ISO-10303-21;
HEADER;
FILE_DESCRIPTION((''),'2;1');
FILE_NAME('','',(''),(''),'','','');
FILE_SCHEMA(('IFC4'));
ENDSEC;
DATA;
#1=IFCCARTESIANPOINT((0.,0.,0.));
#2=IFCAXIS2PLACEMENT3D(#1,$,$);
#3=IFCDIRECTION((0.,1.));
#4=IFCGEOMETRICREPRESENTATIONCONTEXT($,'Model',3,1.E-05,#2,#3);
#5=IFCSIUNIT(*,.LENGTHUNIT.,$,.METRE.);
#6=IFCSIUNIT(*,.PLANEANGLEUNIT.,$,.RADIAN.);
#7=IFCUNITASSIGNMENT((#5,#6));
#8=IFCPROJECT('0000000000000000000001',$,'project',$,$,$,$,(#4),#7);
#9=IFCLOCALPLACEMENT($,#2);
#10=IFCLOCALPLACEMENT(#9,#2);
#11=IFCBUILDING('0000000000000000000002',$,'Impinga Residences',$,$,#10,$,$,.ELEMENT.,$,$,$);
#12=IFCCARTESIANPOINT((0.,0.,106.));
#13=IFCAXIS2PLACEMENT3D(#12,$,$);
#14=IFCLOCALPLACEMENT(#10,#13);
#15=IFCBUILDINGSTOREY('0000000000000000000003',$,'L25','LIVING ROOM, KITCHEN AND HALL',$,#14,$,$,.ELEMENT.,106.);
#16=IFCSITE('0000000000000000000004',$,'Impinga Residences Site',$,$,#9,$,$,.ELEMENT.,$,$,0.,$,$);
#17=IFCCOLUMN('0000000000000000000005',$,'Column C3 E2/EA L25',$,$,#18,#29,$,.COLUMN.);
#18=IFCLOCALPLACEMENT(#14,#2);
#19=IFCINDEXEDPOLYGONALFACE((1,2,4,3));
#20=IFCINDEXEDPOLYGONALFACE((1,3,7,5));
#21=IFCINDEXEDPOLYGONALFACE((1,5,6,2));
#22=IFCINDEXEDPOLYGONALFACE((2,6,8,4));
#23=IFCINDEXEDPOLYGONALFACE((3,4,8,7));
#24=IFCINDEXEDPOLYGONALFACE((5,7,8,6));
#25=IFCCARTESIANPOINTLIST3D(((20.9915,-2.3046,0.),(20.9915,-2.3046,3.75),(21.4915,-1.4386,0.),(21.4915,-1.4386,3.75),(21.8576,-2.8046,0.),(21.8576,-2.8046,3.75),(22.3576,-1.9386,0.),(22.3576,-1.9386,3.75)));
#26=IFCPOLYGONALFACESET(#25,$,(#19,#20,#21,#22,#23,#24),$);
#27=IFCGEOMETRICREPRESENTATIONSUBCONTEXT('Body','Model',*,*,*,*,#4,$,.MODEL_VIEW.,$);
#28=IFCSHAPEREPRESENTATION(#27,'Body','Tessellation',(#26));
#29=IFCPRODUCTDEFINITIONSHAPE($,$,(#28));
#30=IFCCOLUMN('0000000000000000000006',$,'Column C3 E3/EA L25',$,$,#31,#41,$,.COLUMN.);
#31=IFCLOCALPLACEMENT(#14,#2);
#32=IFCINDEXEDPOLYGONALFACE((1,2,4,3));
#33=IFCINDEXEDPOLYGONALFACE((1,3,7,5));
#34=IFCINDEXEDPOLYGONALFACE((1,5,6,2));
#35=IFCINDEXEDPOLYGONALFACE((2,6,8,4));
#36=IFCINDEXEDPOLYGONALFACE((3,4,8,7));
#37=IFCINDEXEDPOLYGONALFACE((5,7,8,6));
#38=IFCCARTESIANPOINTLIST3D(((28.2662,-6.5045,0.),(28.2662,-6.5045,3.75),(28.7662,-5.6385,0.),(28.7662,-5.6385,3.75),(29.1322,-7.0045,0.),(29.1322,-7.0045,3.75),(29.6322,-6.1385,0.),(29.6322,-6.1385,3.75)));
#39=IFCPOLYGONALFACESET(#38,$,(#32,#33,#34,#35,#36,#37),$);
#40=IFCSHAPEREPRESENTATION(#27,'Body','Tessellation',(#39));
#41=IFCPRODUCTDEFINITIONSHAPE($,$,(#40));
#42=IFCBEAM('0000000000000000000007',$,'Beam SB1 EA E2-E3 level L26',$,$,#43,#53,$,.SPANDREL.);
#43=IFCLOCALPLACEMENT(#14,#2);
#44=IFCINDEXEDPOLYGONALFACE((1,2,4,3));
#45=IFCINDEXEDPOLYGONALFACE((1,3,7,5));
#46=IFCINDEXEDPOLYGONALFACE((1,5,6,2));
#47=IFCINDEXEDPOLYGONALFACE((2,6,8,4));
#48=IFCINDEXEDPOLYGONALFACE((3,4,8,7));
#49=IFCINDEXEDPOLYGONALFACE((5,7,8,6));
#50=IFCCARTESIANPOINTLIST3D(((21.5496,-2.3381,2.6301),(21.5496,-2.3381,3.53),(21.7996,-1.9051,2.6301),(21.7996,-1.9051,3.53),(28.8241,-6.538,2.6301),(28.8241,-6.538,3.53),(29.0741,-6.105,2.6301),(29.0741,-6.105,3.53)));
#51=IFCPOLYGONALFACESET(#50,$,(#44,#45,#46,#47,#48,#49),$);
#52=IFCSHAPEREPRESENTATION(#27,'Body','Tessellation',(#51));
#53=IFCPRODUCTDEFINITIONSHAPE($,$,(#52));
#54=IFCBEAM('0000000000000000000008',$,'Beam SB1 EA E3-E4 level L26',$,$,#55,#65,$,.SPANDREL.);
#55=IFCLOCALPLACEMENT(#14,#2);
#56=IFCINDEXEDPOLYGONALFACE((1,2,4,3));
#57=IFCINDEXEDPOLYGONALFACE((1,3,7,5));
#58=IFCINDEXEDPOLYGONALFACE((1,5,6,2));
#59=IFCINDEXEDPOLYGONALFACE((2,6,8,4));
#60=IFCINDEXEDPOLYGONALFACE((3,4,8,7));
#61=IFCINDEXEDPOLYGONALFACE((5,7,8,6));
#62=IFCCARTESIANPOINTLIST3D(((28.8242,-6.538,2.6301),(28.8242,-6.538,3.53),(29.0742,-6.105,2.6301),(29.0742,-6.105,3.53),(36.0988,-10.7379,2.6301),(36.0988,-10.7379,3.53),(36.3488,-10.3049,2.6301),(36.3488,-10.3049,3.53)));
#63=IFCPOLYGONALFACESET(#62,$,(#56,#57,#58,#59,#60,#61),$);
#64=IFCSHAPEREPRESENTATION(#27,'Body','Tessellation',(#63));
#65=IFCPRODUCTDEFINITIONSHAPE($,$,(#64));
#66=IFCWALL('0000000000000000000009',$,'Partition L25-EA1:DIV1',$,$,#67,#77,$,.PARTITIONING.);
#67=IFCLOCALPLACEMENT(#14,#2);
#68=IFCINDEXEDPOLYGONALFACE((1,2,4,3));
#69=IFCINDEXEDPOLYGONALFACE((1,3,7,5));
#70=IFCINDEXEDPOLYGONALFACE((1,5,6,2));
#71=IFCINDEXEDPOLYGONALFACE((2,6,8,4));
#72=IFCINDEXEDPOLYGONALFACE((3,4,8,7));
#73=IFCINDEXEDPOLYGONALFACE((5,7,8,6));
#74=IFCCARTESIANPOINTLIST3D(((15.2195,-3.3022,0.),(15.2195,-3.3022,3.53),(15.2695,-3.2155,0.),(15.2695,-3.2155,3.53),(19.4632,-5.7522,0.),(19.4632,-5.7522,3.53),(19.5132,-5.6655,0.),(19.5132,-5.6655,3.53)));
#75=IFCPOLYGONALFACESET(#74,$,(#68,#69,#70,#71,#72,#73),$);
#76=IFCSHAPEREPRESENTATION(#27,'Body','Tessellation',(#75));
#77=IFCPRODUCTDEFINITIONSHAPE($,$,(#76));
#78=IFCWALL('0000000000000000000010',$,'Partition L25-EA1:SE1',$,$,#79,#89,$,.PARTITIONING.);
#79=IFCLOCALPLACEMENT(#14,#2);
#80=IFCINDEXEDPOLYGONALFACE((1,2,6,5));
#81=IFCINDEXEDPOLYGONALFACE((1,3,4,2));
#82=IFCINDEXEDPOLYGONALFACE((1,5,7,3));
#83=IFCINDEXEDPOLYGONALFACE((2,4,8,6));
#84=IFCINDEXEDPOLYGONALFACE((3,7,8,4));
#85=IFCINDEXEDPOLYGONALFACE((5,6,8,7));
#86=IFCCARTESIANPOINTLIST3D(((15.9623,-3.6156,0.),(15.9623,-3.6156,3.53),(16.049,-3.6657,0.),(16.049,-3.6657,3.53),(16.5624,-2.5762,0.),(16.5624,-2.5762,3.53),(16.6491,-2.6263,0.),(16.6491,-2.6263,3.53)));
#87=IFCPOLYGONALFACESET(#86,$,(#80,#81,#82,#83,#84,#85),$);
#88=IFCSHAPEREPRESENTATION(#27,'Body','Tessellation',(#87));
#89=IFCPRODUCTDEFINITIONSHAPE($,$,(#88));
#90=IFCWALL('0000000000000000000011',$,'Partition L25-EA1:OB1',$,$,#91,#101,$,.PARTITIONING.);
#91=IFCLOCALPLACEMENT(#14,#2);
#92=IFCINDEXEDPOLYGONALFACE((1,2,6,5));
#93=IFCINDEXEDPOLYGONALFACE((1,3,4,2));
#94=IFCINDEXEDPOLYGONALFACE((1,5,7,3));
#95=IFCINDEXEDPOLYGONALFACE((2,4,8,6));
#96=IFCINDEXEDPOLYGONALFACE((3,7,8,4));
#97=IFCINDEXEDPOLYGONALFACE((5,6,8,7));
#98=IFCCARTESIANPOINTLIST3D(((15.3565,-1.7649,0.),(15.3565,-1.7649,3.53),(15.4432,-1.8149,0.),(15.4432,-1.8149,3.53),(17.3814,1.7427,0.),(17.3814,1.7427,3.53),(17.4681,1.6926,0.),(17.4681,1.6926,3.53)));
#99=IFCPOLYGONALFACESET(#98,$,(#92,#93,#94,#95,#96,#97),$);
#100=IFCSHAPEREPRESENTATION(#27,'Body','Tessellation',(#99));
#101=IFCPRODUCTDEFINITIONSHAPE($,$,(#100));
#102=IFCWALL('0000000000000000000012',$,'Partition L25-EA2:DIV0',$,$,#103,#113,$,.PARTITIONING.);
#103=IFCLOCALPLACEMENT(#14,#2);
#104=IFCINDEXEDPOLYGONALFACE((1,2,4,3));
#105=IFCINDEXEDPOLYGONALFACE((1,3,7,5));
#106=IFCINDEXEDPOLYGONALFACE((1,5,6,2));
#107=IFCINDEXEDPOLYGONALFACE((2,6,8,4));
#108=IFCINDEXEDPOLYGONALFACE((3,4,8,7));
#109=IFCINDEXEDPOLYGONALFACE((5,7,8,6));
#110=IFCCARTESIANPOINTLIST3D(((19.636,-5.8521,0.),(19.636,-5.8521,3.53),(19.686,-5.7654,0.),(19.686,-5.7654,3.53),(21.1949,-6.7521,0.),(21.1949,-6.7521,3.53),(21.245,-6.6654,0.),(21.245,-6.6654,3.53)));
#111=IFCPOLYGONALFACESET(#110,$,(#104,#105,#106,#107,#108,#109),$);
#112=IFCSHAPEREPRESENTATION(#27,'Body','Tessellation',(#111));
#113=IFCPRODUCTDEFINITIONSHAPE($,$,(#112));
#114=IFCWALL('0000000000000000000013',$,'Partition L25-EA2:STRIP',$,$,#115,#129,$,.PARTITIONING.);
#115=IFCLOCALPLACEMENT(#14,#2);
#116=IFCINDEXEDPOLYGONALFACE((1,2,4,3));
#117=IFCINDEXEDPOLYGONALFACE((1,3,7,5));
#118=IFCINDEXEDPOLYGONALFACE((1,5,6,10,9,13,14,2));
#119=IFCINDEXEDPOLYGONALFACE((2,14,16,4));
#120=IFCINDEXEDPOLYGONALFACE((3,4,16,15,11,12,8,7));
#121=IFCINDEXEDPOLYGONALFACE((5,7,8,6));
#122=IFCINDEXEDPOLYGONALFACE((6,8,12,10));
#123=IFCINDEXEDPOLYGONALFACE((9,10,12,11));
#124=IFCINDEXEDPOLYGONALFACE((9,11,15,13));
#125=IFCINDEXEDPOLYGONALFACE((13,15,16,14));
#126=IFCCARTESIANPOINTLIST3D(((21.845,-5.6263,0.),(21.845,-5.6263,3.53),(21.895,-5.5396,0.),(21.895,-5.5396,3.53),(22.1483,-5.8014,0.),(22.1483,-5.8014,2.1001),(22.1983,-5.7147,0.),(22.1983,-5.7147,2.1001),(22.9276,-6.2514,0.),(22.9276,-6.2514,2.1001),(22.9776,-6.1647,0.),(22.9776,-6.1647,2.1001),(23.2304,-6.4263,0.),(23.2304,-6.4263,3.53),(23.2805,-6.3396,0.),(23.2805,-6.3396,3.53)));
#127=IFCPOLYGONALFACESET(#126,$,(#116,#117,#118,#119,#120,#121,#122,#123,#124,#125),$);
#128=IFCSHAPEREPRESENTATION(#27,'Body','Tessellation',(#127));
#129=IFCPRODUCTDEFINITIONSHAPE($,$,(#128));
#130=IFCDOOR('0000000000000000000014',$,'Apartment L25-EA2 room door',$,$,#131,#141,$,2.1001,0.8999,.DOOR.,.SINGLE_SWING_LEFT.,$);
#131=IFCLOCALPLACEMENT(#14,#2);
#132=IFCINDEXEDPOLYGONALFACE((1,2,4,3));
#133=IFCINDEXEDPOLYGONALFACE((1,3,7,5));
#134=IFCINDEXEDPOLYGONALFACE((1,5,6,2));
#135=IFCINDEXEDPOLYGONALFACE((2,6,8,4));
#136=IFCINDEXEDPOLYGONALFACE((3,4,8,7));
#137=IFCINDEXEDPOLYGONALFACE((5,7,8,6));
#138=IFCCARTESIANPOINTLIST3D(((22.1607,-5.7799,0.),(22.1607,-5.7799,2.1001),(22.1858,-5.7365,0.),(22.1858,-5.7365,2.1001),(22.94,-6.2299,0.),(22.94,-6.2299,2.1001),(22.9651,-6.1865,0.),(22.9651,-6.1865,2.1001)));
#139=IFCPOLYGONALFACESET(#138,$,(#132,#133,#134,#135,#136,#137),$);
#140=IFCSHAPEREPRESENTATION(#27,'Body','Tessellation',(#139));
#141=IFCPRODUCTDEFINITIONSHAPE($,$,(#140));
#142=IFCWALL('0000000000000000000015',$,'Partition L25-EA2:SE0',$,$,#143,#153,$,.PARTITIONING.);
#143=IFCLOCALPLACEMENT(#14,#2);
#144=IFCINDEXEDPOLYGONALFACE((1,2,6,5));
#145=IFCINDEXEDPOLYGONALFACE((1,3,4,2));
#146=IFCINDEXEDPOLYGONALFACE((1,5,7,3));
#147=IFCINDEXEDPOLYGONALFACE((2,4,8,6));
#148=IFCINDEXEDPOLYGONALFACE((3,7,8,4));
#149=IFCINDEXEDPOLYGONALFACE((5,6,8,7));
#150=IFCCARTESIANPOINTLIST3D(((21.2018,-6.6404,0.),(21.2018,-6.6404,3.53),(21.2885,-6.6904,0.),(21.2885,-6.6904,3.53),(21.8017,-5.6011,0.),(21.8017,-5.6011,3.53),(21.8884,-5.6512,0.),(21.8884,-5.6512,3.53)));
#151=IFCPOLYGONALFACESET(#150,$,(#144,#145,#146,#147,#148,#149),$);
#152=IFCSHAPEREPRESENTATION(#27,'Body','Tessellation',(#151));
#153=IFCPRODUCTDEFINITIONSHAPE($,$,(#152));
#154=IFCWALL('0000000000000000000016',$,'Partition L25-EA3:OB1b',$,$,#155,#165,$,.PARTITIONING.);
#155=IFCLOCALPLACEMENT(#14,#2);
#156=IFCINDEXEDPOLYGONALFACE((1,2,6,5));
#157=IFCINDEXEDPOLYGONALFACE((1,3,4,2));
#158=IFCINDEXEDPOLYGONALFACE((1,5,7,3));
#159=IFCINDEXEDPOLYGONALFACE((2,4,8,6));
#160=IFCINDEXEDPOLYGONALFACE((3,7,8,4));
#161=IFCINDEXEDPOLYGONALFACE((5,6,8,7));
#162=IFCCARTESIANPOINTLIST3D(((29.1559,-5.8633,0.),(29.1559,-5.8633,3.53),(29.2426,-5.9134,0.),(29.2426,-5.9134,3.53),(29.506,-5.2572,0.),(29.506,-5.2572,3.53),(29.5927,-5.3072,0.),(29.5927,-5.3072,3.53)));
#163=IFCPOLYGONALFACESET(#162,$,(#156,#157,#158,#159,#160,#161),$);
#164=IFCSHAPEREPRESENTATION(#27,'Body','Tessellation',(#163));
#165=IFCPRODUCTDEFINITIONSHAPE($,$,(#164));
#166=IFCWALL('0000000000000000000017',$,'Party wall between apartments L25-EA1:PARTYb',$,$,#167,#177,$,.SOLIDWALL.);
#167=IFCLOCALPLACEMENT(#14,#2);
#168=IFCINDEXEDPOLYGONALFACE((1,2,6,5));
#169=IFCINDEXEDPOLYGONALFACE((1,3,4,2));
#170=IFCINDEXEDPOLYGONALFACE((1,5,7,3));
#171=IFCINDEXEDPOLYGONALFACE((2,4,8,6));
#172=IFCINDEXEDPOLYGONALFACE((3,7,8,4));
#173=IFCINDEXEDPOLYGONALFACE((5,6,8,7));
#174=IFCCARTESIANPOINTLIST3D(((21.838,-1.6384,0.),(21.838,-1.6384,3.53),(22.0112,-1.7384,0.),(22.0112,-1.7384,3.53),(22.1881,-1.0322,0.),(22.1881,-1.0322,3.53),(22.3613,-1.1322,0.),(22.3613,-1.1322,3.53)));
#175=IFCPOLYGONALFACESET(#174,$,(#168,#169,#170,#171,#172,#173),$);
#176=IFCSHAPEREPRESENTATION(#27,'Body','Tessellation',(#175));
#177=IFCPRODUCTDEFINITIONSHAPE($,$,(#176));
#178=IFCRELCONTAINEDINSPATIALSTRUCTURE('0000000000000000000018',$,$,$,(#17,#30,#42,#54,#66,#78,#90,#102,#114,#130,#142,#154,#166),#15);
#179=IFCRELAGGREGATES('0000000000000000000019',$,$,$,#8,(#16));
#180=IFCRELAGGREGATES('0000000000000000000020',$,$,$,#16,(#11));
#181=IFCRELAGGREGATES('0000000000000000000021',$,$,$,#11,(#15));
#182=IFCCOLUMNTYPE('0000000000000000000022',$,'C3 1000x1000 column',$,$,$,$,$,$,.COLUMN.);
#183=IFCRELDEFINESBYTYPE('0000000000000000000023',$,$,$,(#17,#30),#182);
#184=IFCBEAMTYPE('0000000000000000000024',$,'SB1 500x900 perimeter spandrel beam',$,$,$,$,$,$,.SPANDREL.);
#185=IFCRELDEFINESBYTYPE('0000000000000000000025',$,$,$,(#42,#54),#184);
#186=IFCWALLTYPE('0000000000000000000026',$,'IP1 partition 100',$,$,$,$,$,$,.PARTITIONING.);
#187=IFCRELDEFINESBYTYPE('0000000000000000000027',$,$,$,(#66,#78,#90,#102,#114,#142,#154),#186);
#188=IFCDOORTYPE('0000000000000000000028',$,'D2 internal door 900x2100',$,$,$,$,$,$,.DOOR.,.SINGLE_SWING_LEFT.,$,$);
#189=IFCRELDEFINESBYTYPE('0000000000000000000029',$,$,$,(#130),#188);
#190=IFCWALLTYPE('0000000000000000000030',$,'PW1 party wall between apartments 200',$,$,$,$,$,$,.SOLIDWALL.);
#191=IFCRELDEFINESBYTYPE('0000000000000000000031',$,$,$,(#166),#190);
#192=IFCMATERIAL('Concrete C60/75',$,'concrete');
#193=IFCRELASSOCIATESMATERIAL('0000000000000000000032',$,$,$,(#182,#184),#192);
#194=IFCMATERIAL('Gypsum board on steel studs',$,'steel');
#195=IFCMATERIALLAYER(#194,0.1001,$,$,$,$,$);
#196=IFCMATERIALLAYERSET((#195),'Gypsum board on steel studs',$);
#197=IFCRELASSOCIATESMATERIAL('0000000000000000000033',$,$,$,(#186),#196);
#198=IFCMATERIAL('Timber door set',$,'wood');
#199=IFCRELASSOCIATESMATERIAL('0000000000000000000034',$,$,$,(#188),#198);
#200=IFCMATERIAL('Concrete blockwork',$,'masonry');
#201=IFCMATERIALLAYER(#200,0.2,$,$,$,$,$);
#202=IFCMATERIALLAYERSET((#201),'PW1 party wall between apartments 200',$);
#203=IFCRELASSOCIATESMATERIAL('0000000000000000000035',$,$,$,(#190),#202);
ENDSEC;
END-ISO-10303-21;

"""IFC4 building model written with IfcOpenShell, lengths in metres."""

from ifc_helpers import new_model, si_unit, direction, frame, frame_2d, origin, origin_2d, place, context, subcontext, project, spatial, rectangle, extrude, material, layer, layer_set, material_profile, profile_set, type_object, element, fill, save


model = new_model("IFC4")

# Units and contexts
model_context = context("Model", 3, precision=1e-05, world=origin(), true_north=direction((0.0, 1.0)))
body_context = subcontext(model_context, "Body", "Model", "MODEL_VIEW")
ifc_project = project(units=[si_unit("LENGTHUNIT", "METRE"), si_unit("PLANEANGLEUNIT", "RADIAN")], contexts=[model_context])

# Site, building, storey
site_placement = place(None, origin())
site = spatial("IfcSite", under=ifc_project, at=site_placement, Name="Impinga Residences Site", CompositionType="ELEMENT", RefElevation=0.0)
building_placement = place(site_placement, origin())
building = spatial("IfcBuilding", under=site, at=building_placement, Name="Impinga Residences", CompositionType="ELEMENT")
storey_placement = place(building_placement, frame((0.0, 0.0, 106.0)))
storey = spatial("IfcBuildingStorey", under=building, at=storey_placement, Name="L25", Description="LIVING ROOM, KITCHEN AND HALL", CompositionType="ELEMENT", Elevation=106.0)

# Columns
ifc_material_1 = material(Name="Concrete C60/75", Category="concrete")
ifc_material_profile_1 = material_profile(ifc_material_1, rectangle(XDim=1.0, YDim=1.0, at=origin_2d()), Name="RC 1000x1000")
ifc_profile_set_1 = profile_set([ifc_material_profile_1], Name="Concrete C60/75")
column_type = type_object("IfcColumnType", Name="C3 1000x1000 column", PredefinedType="COLUMN", material=ifc_profile_set_1)
for number, where, z_axis, x_axis, name in (
    (1, (21.6746, -2.1216, 0.0), (0.0, 0.0, 1.0), (-0.5, -0.866025, 0.0), "Column C3 E2/EA L25"),
    (2, (28.9492, -6.3215, 0.0), (0.0, 0.0, 1.0), (-0.5, -0.866025, 0.0), "Column C3 E3/EA L25"),
):
    element("IfcColumn", number, at=place(storey_placement, frame(where, z_axis=z_axis, x_axis=x_axis)), inside=storey, type_object=column_type, Name=name, PredefinedType="COLUMN", context=body_context, shape_type="SweptSolid", body=[
        extrude(rectangle(XDim=1.0, YDim=1.0, at=origin_2d()), origin(), (0.0, 0.0, 1.0), 3.75),
    ])

# Beams
ifc_material_profile_2 = material_profile(ifc_material_1, rectangle(XDim=0.5, YDim=0.8999, at=origin_2d()), Name="RC 500x900")
ifc_profile_set_2 = profile_set([ifc_material_profile_2], Name="Concrete C60/75")
beam_type = type_object("IfcBeamType", Name="SB1 500x900 perimeter spandrel beam", PredefinedType="SPANDREL", material=ifc_profile_set_2)
for number, where, z_axis, x_axis, name in (
    (3, (21.6746, -2.1216, 3.0801), (0.866029, -0.499993, 0.0), (0.499993, 0.866029, 0.0), "Beam SB1 EA E2-E3 level L26"),
    (4, (28.9492, -6.3215, 3.0801), (0.866029, -0.499993, 0.0), (0.499993, 0.866029, 0.0), "Beam SB1 EA E3-E4 level L26"),
):
    element("IfcBeam", number, at=place(storey_placement, frame(where, z_axis=z_axis, x_axis=x_axis)), inside=storey, type_object=beam_type, Name=name, PredefinedType="SPANDREL", context=body_context, shape_type="SweptSolid", body=[
        extrude(rectangle(XDim=0.5, YDim=0.8999, at=origin_2d()), origin(), (0.0, 0.0, 1.0), 8.3999),
    ])

# Walls
ifc_material_2 = material(Name="Gypsum board on steel studs", Category="steel")
ifc_layer_1 = layer(ifc_material_2, 0.1001)
ifc_layer_set_1 = layer_set([ifc_layer_1], Name="Gypsum board on steel studs")
wall_type_1 = type_object("IfcWallType", Name="IP1 partition 100", PredefinedType="PARTITIONING", material=ifc_layer_set_1)
wall_1_placement = place(storey_placement, frame((15.2444, -3.2588, 0.0), z_axis=(0.0, 0.0, 1.0), x_axis=(0.866036, -0.499981, 0.0)))
element("IfcWall", 5, at=wall_1_placement, inside=storey, type_object=wall_type_1, Name="Partition L25-EA1:DIV1", PredefinedType="PARTITIONING", context=body_context, shape_type="SweptSolid", body=[
    extrude(rectangle(XDim=4.9001, YDim=0.1001, at=frame_2d((2.4502, 0.0))), origin(), (0.0, 0.0, 1.0), 3.53),
])
wall_2_placement = place(storey_placement, frame((16.0056, -3.6406, 0.0), z_axis=(0.0, 0.0, 1.0), x_axis=(0.500034, 0.866006, 0.0)))
element("IfcWall", 6, at=wall_2_placement, inside=storey, type_object=wall_type_1, Name="Partition L25-EA1:SE1", PredefinedType="PARTITIONING", context=body_context, shape_type="SweptSolid", body=[
    extrude(rectangle(XDim=1.2002, YDim=0.1001, at=frame_2d((0.6001, 0.0))), origin(), (0.0, 0.0, 1.0), 3.53),
])
wall_3_placement = place(storey_placement, frame((15.3999, -1.7898, 0.0), z_axis=(0.0, 0.0, 1.0), x_axis=(0.499964, 0.866046, 0.0)))
element("IfcWall", 7, at=wall_3_placement, inside=storey, type_object=wall_type_1, Name="Partition L25-EA1:OB1", PredefinedType="PARTITIONING", context=body_context, shape_type="SweptSolid", body=[
    extrude(rectangle(XDim=4.05, YDim=0.1001, at=frame_2d((2.0249, 0.0))), origin(), (0.0, 0.0, 1.0), 3.53),
])
wall_4_placement = place(storey_placement, frame((19.6611, -5.8088, 0.0), z_axis=(0.0, 0.0, 1.0), x_axis=(0.866048, -0.499961, 0.0)))
element("IfcWall", 8, at=wall_4_placement, inside=storey, type_object=wall_type_1, Name="Partition L25-EA2:DIV0", PredefinedType="PARTITIONING", context=body_context, shape_type="SweptSolid", body=[
    extrude(rectangle(XDim=1.8, YDim=0.1001, at=frame_2d((0.8999, 0.0))), origin(), (0.0, 0.0, 1.0), 3.53),
])

# Wall, opening, door
wall_5_placement = place(storey_placement, frame((21.8701, -5.583, 0.0), z_axis=(0.0, 0.0, 1.0), x_axis=(0.86599, -0.500061, 0.0)))
wall_5 = element("IfcWall", 9, at=wall_5_placement, inside=storey, type_object=wall_type_1, Name="Partition L25-EA2:STRIP", PredefinedType="PARTITIONING", context=body_context, shape_type="SweptSolid", body=[
    extrude(rectangle(XDim=1.5999, YDim=0.1001, at=frame_2d((0.7998, 0.0))), origin(), (0.0, 0.0, 1.0), 3.53),
])
opening_placement = place(wall_5_placement, frame((0.3501, 0.0, 0.0)))
opening = element("IfcOpeningElement", 10, at=opening_placement, cuts=wall_5, PredefinedType="OPENING", context=body_context, shape_type="SweptSolid", body=[
    extrude(rectangle(XDim=0.8999, YDim=2.1001, at=frame_2d((0.45, 1.05))), frame((0.0, 0.0601, 0.0), z_axis=(0.0, -1.0, 0.0), x_axis=(1.0, 0.0, 0.0)), (0.0, 0.0, 1.0), 0.1201),
])
ifc_material_3 = material(Name="Timber door set", Category="wood")
door_type = type_object("IfcDoorType", Name="D2 internal door 900x2100", OperationType="SINGLE_SWING_LEFT", PredefinedType="DOOR", material=ifc_material_3)
door_placement = place(opening_placement, origin())
door = element("IfcDoor", 11, at=door_placement, inside=storey, type_object=door_type, Name="Apartment L25-EA2 room door", OperationType="SINGLE_SWING_LEFT", OverallHeight=2.1001, OverallWidth=0.8999, PredefinedType="DOOR", context=body_context, shape_type="SweptSolid", body=[
    extrude(rectangle(XDim=0.8999, YDim=2.1001, at=frame_2d((0.45, 1.05))), frame((0.0, 0.0249, 0.0), z_axis=(0.0, -1.0, 0.0), x_axis=(1.0, 0.0, 0.0)), (0.0, 0.0, 1.0), 0.05),
])
fill(opening, door)

# Walls
wall_6_placement = place(storey_placement, frame((21.2451, -6.6655, 0.0), z_axis=(0.0, 0.0, 1.0), x_axis=(0.499881, 0.866094, 0.0)))
element("IfcWall", 12, at=wall_6_placement, inside=storey, type_object=wall_type_1, Name="Partition L25-EA2:SE0", PredefinedType="PARTITIONING", context=body_context, shape_type="SweptSolid", body=[
    extrude(rectangle(XDim=1.2, YDim=0.1001, at=frame_2d((0.6001, 0.0))), origin(), (0.0, 0.0, 1.0), 3.53),
])
wall_7_placement = place(storey_placement, frame((29.1992, -5.8884, 0.0), z_axis=(0.0, 0.0, 1.0), x_axis=(0.500115, 0.865959, 0.0)))
element("IfcWall", 13, at=wall_7_placement, inside=storey, type_object=wall_type_1, Name="Partition L25-EA3:OB1b", PredefinedType="PARTITIONING", context=body_context, shape_type="SweptSolid", body=[
    extrude(rectangle(XDim=0.7, YDim=0.1001, at=frame_2d((0.3501, 0.0))), origin(), (0.0, 0.0, 1.0), 3.53),
])
ifc_material_4 = material(Name="Concrete blockwork", Category="masonry")
ifc_layer_2 = layer(ifc_material_4, 0.2)
ifc_layer_set_2 = layer_set([ifc_layer_2], Name="PW1 party wall between apartments 200")
wall_type_2 = type_object("IfcWallType", Name="PW1 party wall between apartments 200", PredefinedType="SOLIDWALL", material=ifc_layer_set_2)
wall_8_placement = place(storey_placement, frame((21.9246, -1.6885, 0.0), z_axis=(0.0, 0.0, 1.0), x_axis=(0.500115, 0.865959, 0.0)))
element("IfcWall", 14, at=wall_8_placement, inside=storey, type_object=wall_type_2, Name="Party wall between apartments L25-EA1:PARTYb", PredefinedType="SOLIDWALL", context=body_context, shape_type="SweptSolid", body=[
    extrude(rectangle(XDim=0.7, YDim=0.2, at=frame_2d((0.3501, 0.0))), origin(), (0.0, 0.0, 1.0), 3.53),
])

save(model, "model.ifc")
